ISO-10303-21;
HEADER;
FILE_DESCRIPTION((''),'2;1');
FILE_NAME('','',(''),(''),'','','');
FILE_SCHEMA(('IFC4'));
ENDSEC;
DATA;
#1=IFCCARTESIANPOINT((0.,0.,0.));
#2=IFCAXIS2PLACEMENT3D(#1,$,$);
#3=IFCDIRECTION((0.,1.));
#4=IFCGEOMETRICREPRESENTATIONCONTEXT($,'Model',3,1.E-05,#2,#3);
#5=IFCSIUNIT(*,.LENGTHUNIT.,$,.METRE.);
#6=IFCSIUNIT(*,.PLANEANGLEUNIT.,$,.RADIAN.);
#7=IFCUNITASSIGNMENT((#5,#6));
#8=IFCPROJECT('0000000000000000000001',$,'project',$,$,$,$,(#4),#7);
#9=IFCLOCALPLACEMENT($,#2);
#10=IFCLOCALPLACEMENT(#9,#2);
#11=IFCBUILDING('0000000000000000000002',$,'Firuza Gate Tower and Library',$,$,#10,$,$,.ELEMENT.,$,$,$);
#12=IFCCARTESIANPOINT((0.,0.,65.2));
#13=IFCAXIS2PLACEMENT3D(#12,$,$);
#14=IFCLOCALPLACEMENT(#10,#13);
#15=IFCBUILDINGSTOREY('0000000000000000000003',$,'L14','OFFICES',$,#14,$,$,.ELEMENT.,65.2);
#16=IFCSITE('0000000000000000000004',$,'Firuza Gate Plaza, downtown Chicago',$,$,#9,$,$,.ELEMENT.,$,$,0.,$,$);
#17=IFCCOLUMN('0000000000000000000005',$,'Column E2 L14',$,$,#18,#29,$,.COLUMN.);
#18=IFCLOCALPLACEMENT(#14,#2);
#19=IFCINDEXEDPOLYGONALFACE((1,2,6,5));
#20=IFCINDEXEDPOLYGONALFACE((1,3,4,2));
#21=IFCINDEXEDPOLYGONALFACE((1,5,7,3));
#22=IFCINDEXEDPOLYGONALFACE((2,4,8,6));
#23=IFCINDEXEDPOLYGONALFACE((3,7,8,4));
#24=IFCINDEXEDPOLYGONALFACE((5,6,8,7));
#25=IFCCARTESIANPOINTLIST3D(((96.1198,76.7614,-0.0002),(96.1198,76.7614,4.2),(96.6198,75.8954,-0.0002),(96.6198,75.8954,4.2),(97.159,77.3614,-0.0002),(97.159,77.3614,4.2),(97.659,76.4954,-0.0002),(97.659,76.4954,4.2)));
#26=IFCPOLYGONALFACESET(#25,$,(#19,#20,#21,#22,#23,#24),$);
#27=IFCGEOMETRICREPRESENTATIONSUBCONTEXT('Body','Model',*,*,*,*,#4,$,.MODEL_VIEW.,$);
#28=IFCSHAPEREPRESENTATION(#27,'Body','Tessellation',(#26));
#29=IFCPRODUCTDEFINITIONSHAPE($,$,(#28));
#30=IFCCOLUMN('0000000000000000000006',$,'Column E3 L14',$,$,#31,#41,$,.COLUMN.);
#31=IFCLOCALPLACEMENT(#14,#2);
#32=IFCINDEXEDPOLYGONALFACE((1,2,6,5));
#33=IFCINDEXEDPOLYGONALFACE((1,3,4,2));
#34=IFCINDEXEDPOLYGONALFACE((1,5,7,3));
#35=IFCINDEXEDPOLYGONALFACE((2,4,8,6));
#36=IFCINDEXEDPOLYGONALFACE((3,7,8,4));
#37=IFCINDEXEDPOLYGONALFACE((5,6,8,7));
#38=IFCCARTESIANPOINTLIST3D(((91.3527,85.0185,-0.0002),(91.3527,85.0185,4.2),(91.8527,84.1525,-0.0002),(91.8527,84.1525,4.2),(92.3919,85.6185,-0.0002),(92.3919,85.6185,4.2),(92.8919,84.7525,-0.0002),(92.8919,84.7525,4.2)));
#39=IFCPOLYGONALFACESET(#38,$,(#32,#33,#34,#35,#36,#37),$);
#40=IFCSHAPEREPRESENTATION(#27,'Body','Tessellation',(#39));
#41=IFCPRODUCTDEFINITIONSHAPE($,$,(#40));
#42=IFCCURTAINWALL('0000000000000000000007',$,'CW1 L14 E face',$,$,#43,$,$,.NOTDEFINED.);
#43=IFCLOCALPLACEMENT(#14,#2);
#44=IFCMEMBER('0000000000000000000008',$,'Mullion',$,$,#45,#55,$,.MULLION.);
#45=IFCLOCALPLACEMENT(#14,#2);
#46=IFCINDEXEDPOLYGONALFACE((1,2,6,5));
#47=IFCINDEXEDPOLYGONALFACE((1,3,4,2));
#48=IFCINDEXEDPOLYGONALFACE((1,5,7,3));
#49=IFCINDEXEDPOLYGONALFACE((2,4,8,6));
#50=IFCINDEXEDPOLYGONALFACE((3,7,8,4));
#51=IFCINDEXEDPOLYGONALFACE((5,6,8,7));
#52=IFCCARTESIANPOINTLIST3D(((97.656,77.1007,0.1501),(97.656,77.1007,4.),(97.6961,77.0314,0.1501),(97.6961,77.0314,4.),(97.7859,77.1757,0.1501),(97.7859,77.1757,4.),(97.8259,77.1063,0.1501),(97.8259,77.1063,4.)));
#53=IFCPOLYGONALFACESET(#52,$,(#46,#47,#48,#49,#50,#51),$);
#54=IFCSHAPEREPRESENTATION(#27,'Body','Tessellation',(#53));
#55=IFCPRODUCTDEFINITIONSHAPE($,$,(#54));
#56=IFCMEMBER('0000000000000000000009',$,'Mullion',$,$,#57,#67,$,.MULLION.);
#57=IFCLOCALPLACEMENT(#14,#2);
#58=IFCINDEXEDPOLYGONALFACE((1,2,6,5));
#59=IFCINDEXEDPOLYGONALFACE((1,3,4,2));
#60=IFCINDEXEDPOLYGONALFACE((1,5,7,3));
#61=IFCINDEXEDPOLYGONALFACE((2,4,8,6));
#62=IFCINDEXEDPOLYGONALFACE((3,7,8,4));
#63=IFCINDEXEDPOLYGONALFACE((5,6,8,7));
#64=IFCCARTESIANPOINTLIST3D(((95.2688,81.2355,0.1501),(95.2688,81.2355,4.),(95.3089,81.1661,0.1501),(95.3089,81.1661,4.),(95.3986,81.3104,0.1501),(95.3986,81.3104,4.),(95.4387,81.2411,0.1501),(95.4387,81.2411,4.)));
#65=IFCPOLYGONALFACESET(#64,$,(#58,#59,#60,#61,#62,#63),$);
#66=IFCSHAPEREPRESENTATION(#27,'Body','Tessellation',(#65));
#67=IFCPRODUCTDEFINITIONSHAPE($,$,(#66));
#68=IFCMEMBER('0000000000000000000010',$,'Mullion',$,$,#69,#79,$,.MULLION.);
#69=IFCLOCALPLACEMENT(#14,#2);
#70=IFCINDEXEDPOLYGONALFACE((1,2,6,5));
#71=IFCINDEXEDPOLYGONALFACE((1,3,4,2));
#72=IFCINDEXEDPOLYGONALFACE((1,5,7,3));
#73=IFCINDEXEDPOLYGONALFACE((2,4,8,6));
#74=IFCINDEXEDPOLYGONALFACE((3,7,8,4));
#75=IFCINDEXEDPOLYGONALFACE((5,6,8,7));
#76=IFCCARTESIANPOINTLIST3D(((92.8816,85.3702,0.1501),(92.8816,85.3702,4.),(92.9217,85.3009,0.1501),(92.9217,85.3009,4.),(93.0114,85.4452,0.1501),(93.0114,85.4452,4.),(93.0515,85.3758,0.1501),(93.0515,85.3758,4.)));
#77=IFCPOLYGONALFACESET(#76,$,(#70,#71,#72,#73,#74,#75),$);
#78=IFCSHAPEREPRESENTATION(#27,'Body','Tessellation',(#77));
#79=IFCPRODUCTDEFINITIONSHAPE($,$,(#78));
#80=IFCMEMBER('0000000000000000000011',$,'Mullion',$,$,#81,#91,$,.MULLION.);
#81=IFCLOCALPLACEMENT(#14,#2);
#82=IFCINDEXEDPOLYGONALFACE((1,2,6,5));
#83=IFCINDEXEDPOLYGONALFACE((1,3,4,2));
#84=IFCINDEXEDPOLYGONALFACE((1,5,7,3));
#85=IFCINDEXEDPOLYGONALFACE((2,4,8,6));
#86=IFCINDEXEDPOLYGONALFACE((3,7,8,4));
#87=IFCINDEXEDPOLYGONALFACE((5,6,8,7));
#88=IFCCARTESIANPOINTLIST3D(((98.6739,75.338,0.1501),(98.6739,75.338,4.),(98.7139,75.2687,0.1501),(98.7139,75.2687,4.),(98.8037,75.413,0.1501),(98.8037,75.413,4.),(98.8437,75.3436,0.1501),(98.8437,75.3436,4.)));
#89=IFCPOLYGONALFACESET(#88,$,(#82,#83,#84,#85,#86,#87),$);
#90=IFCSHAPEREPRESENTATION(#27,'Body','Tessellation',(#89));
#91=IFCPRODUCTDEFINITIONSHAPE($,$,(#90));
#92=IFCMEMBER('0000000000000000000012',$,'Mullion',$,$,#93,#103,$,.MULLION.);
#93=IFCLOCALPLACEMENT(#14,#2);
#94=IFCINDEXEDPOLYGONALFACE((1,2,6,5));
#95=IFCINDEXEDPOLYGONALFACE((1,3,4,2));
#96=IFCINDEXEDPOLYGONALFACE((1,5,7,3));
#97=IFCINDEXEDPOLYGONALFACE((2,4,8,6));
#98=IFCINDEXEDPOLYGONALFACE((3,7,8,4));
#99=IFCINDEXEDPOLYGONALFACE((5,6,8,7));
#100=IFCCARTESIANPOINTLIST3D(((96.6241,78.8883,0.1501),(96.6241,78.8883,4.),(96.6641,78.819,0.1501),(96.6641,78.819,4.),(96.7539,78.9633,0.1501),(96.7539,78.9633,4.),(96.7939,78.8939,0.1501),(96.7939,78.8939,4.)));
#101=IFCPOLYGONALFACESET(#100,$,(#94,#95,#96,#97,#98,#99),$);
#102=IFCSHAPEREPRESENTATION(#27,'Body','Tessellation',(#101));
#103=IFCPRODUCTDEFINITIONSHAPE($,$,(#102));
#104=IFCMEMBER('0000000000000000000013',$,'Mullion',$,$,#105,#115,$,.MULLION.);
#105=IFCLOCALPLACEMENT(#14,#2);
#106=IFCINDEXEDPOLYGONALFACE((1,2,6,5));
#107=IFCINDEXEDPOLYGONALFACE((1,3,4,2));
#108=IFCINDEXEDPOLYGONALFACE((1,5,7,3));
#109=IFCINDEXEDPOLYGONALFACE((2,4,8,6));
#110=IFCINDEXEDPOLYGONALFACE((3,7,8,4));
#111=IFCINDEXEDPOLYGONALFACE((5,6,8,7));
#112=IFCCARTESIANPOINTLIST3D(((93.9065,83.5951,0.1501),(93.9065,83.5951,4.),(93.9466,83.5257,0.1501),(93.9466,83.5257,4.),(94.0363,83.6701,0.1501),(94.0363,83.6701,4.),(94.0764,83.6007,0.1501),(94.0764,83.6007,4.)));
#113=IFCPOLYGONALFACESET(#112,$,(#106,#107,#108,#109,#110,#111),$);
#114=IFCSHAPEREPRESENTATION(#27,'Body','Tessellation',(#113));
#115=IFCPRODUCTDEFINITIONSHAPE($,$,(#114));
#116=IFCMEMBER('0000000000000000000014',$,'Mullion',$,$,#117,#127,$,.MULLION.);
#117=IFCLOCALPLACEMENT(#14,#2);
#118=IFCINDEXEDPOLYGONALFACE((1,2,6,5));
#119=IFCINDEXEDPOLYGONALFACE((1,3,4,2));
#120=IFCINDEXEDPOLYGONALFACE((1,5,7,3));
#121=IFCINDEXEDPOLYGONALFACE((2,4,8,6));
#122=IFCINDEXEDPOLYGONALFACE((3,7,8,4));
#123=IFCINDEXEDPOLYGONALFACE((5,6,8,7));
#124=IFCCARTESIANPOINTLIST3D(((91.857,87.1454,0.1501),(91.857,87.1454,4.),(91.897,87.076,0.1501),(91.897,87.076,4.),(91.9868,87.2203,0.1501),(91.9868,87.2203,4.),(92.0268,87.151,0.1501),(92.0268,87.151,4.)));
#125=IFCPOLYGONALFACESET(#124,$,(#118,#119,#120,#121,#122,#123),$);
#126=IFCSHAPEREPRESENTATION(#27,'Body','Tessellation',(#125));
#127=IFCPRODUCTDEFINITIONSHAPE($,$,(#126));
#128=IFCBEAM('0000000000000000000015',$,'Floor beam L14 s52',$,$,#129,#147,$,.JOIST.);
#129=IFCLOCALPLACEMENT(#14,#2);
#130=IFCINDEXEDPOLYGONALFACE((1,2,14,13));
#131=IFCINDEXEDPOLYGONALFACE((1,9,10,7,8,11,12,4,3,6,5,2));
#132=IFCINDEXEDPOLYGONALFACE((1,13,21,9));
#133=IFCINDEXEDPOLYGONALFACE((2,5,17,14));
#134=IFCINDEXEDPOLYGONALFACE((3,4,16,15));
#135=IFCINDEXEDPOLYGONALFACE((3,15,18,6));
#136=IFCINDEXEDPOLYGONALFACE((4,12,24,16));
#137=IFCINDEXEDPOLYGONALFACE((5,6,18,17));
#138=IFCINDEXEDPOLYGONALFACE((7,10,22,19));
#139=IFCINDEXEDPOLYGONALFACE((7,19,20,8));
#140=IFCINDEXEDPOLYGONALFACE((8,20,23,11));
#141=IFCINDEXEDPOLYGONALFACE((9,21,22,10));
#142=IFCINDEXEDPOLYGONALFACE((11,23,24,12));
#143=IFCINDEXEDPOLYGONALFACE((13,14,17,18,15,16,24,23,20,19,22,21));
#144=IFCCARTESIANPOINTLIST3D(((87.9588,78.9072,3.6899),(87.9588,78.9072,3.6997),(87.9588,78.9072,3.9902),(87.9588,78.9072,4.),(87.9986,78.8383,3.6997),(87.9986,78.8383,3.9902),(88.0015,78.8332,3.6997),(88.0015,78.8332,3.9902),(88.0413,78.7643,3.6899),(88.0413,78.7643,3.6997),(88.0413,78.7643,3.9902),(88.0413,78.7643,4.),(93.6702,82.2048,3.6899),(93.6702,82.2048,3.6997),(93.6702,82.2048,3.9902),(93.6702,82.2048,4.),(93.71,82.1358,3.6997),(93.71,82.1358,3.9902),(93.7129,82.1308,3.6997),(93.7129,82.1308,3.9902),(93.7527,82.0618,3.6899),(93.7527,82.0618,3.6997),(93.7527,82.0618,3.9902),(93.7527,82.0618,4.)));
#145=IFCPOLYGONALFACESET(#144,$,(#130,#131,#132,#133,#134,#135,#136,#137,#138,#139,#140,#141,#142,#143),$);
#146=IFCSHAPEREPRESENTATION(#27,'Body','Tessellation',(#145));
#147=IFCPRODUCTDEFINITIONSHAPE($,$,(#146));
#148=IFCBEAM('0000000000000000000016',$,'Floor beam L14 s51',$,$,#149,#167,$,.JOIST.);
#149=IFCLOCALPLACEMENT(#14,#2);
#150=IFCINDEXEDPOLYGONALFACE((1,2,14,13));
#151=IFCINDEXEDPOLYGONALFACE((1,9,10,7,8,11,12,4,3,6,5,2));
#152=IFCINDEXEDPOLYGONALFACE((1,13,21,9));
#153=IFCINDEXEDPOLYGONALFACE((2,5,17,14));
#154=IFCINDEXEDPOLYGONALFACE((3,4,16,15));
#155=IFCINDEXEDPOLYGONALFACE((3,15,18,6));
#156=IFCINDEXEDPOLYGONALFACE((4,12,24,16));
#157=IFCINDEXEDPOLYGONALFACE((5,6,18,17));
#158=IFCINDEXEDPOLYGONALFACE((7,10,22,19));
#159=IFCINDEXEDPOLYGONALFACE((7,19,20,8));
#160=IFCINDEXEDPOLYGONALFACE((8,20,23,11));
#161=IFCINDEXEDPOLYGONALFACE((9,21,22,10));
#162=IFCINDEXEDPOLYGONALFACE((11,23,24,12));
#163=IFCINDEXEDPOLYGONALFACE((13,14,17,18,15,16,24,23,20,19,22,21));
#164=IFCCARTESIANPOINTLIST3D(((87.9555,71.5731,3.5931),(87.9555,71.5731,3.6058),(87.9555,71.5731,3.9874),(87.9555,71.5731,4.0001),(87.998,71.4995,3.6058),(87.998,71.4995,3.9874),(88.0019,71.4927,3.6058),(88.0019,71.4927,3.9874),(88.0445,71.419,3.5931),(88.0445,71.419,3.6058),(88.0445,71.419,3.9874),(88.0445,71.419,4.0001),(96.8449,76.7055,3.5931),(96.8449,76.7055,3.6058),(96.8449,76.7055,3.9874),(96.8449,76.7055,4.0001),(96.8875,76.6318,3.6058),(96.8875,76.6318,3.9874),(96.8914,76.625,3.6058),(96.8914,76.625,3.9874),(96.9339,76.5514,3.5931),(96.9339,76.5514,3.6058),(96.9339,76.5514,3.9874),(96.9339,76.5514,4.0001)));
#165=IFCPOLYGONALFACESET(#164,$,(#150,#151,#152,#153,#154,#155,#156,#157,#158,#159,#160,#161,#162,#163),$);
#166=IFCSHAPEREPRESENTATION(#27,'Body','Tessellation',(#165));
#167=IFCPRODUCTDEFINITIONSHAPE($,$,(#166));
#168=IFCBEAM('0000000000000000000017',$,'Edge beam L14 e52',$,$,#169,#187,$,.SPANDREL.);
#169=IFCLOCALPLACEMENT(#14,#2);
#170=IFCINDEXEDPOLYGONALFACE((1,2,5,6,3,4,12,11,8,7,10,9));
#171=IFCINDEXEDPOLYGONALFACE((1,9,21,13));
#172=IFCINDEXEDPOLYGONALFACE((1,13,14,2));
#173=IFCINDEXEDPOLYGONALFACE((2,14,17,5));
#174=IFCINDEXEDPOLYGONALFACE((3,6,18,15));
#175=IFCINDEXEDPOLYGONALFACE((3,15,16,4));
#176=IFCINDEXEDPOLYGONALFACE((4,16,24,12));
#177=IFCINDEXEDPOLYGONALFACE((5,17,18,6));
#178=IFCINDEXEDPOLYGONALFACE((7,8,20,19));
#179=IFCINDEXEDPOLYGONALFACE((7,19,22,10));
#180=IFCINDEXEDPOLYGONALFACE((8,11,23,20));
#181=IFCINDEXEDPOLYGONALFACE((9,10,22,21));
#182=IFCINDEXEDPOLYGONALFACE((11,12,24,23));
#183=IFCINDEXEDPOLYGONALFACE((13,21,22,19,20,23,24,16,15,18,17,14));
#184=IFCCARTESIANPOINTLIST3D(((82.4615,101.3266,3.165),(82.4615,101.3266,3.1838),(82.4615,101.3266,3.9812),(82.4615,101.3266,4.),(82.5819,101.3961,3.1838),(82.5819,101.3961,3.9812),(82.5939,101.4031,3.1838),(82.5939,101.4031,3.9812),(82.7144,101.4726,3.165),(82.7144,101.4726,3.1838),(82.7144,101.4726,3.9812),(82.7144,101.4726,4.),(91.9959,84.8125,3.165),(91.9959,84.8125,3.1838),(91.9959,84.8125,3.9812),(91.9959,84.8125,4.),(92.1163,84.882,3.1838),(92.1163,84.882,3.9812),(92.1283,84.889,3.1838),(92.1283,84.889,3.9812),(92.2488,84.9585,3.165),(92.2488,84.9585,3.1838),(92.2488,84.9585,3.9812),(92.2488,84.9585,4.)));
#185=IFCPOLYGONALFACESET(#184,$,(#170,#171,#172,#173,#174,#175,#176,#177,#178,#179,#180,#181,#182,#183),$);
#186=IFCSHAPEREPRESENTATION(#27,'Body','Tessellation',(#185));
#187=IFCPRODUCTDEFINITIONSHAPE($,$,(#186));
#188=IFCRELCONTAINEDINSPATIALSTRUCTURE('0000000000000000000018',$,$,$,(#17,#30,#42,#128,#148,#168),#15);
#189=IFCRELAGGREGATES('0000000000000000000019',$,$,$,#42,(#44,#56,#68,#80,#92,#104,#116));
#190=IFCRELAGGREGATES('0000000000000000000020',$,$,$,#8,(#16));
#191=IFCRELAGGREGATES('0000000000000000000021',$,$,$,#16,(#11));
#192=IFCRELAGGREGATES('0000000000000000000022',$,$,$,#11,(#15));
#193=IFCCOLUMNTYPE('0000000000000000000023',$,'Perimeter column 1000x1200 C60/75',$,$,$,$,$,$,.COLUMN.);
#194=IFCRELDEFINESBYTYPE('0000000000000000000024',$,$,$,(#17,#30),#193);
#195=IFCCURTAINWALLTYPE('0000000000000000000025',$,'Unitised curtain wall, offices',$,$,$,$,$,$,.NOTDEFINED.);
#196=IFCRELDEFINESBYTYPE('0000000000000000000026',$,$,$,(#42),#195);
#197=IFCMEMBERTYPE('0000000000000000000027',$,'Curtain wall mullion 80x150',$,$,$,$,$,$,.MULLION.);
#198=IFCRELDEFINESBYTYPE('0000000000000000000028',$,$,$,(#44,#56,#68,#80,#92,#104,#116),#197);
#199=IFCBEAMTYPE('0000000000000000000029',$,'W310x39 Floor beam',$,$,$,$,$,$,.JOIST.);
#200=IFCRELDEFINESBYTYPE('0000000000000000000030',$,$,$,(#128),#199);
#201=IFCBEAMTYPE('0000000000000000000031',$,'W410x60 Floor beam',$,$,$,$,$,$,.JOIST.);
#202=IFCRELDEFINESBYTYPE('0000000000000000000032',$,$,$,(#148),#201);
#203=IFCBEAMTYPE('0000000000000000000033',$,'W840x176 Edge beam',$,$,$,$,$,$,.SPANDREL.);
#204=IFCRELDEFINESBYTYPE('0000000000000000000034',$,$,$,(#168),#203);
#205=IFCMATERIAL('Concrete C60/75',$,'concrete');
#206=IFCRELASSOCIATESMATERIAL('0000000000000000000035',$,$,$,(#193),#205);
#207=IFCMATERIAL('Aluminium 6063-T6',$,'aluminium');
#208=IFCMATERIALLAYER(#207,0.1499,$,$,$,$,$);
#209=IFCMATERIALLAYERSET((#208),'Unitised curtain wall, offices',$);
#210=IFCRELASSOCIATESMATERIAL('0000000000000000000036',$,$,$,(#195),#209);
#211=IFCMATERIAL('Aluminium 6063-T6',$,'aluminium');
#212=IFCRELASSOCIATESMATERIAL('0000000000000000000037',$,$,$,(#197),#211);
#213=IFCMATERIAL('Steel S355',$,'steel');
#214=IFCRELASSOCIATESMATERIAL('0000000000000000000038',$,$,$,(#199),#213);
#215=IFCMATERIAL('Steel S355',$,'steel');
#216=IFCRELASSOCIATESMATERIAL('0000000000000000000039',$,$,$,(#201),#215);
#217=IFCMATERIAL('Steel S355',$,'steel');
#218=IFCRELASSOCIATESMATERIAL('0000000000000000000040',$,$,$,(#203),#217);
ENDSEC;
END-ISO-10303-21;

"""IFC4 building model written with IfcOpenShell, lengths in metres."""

from ifc_helpers import new_model, si_unit, direction, frame, origin, origin_2d, place, context, subcontext, project, spatial, rectangle, i_section, extrude, material, layer, layer_set, material_profile, profile_set, type_object, element, aggregate, save


model = new_model("IFC4")

# Units and contexts
model_context = context("Model", 3, precision=1e-05, world=origin(), true_north=direction((0.0, 1.0)))
body_context = subcontext(model_context, "Body", "Model", "MODEL_VIEW")
ifc_project = project(units=[si_unit("LENGTHUNIT", "METRE"), si_unit("PLANEANGLEUNIT", "RADIAN")], contexts=[model_context])

# Site, building, storey
site_placement = place(None, origin())
site = spatial("IfcSite", under=ifc_project, at=site_placement, Name="Firuza Gate Plaza, downtown Chicago", CompositionType="ELEMENT", RefElevation=0.0)
building_placement = place(site_placement, origin())
building = spatial("IfcBuilding", under=site, at=building_placement, Name="Firuza Gate Tower and Library", CompositionType="ELEMENT")
storey_placement = place(building_placement, frame((0.0, 0.0, 65.2)))
storey = spatial("IfcBuildingStorey", under=building, at=storey_placement, Name="L14", Description="OFFICES", CompositionType="ELEMENT", Elevation=65.2)

# Columns
ifc_material_1 = material(Name="Concrete C60/75", Category="concrete")
ifc_material_profile_1 = material_profile(ifc_material_1, rectangle(XDim=1.0, YDim=1.2, at=origin_2d()))
ifc_profile_set_1 = profile_set([ifc_material_profile_1], Name="Concrete C60/75")
column_type = type_object("IfcColumnType", Name="Perimeter column 1000x1200 C60/75", PredefinedType="COLUMN", material=ifc_profile_set_1)
for number, where, z_axis, x_axis, name in (
    (1, (96.8894, 76.6284, -0.0002), (0.0, 0.0, 1.0), (-0.5, 0.866025, 0.0), "Column E2 L14"),
    (2, (92.1223, 84.8855, -0.0002), (0.0, 0.0, 1.0), (-0.5, 0.866025, 0.0), "Column E3 L14"),
):
    element("IfcColumn", number, at=place(storey_placement, frame(where, z_axis=z_axis, x_axis=x_axis)), inside=storey, type_object=column_type, Name=name, PredefinedType="COLUMN", context=body_context, shape_type="SweptSolid", body=[
        extrude(rectangle(XDim=1.0, YDim=1.2, at=origin_2d()), origin(), (0.0, 0.0, 1.0), 4.2002),
    ])

# Curtain wall, members
ifc_material_2 = material(Name="Aluminium 6063-T6", Category="aluminium")
ifc_layer_1 = layer(ifc_material_2, 0.1499)
ifc_layer_set_1 = layer_set([ifc_layer_1], Name="Unitised curtain wall, offices")
curtain_wall_type = type_object("IfcCurtainWallType", Name="Unitised curtain wall, offices", PredefinedType="NOTDEFINED", material=ifc_layer_set_1)
curtain_wall_placement = place(storey_placement, origin())
curtain_wall = element("IfcCurtainWall", 3, at=curtain_wall_placement, inside=storey, type_object=curtain_wall_type, Name="CW1 L14 E face", PredefinedType="NOTDEFINED")
ifc_material_3 = material(Name="Aluminium 6063-T6", Category="aluminium")
ifc_material_profile_2 = material_profile(ifc_material_3, rectangle(XDim=0.1499, YDim=0.0801, at=origin_2d()))
ifc_profile_set_2 = profile_set([ifc_material_profile_2], Name="Aluminium 6063-T6")
member_type = type_object("IfcMemberType", Name="Curtain wall mullion 80x150", PredefinedType="MULLION", material=ifc_profile_set_2)
member_1_placement = place(storey_placement, frame((97.741, 77.1035, 0.1501), z_axis=(0.0, 0.0, 1.0), x_axis=(-0.866025, -0.5, 0.0)))
member_1 = element("IfcMember", 4, at=member_1_placement, type_object=member_type, Name="Mullion", PredefinedType="MULLION", context=body_context, shape_type="SweptSolid", body=[
    extrude(rectangle(XDim=0.1499, YDim=0.0801, at=origin_2d()), origin(), (0.0, 0.0, 1.0), 3.8499),
])
member_2_placement = place(storey_placement, frame((95.3538, 81.2383, 0.1501), z_axis=(0.0, 0.0, 1.0), x_axis=(-0.866025, -0.5, 0.0)))
member_2 = element("IfcMember", 5, at=member_2_placement, type_object=member_type, Name="Mullion", PredefinedType="MULLION", context=body_context, shape_type="SweptSolid", body=[
    extrude(rectangle(XDim=0.1499, YDim=0.0801, at=origin_2d()), origin(), (0.0, 0.0, 1.0), 3.8499),
])
member_3_placement = place(storey_placement, frame((92.9666, 85.373, 0.1501), z_axis=(0.0, 0.0, 1.0), x_axis=(-0.866025, -0.5, 0.0)))
member_3 = element("IfcMember", 6, at=member_3_placement, type_object=member_type, Name="Mullion", PredefinedType="MULLION", context=body_context, shape_type="SweptSolid", body=[
    extrude(rectangle(XDim=0.1499, YDim=0.0801, at=origin_2d()), origin(), (0.0, 0.0, 1.0), 3.8499),
])
member_4_placement = place(storey_placement, frame((98.7588, 75.3408, 0.1501), z_axis=(0.0, 0.0, 1.0), x_axis=(-0.866025, -0.5, 0.0)))
member_4 = element("IfcMember", 7, at=member_4_placement, type_object=member_type, Name="Mullion", PredefinedType="MULLION", context=body_context, shape_type="SweptSolid", body=[
    extrude(rectangle(XDim=0.1499, YDim=0.0801, at=origin_2d()), origin(), (0.0, 0.0, 1.0), 3.8499),
])
member_5_placement = place(storey_placement, frame((96.709, 78.8911, 0.1501), z_axis=(0.0, 0.0, 1.0), x_axis=(-0.866025, -0.5, 0.0)))
member_5 = element("IfcMember", 8, at=member_5_placement, type_object=member_type, Name="Mullion", PredefinedType="MULLION", context=body_context, shape_type="SweptSolid", body=[
    extrude(rectangle(XDim=0.1499, YDim=0.0801, at=origin_2d()), origin(), (0.0, 0.0, 1.0), 3.8499),
])
member_6_placement = place(storey_placement, frame((93.9915, 83.5979, 0.1501), z_axis=(0.0, 0.0, 1.0), x_axis=(-0.866025, -0.5, 0.0)))
member_6 = element("IfcMember", 9, at=member_6_placement, type_object=member_type, Name="Mullion", PredefinedType="MULLION", context=body_context, shape_type="SweptSolid", body=[
    extrude(rectangle(XDim=0.1499, YDim=0.0801, at=origin_2d()), origin(), (0.0, 0.0, 1.0), 3.8499),
])
member_7_placement = place(storey_placement, frame((91.9419, 87.1482, 0.1501), z_axis=(0.0, 0.0, 1.0), x_axis=(-0.866025, -0.5, 0.0)))
member_7 = element("IfcMember", 10, at=member_7_placement, type_object=member_type, Name="Mullion", PredefinedType="MULLION", context=body_context, shape_type="SweptSolid", body=[
    extrude(rectangle(XDim=0.1499, YDim=0.0801, at=origin_2d()), origin(), (0.0, 0.0, 1.0), 3.8499),
])

# Beams
ifc_material_4 = material(Name="Steel S355", Category="steel")
ifc_material_profile_3 = material_profile(ifc_material_4, i_section(OverallWidth=0.165, OverallDepth=0.3101, WebThickness=0.0059, FlangeThickness=0.0098, at=origin_2d()))
ifc_profile_set_3 = profile_set([ifc_material_profile_3], Name="Steel S355")
beam_type_1 = type_object("IfcBeamType", Name="W310x39 Floor beam", PredefinedType="JOIST", material=ifc_profile_set_3)
beam_1_placement = place(storey_placement, frame((93.7114, 82.1333, 3.845), z_axis=(-0.866018, -0.500013, 0.0), x_axis=(0.500013, -0.866018, 0.0)))
element("IfcBeam", 11, at=beam_1_placement, inside=storey, type_object=beam_type_1, Name="Floor beam L14 s52", PredefinedType="JOIST", context=body_context, shape_type="SweptSolid", body=[
    extrude(i_section(OverallWidth=0.165, OverallDepth=0.3101, WebThickness=0.0059, FlangeThickness=0.0098, at=origin_2d()), origin(), (0.0, 0.0, 1.0), 6.595),
])
ifc_material_5 = material(Name="Steel S355", Category="steel")
ifc_material_profile_4 = material_profile(ifc_material_5, i_section(OverallWidth=0.178, OverallDepth=0.407, WebThickness=0.0078, FlangeThickness=0.0127, at=origin_2d()))
ifc_profile_set_4 = profile_set([ifc_material_profile_4], Name="Steel S355")
beam_type_2 = type_object("IfcBeamType", Name="W410x60 Floor beam", PredefinedType="JOIST", material=ifc_profile_set_4)
beam_2_placement = place(storey_placement, frame((96.8894, 76.6284, 3.7966), z_axis=(-0.866024, -0.500002, 0.0), x_axis=(0.500002, -0.866024, 0.0)))
element("IfcBeam", 12, at=beam_2_placement, inside=storey, type_object=beam_type_2, Name="Floor beam L14 s51", PredefinedType="JOIST", context=body_context, shape_type="SweptSolid", body=[
    extrude(i_section(OverallWidth=0.178, OverallDepth=0.407, WebThickness=0.0078, FlangeThickness=0.0127, at=origin_2d()), origin(), (0.0, 0.0, 1.0), 10.2646),
])
ifc_material_6 = material(Name="Steel S355", Category="steel")
ifc_material_profile_5 = material_profile(ifc_material_6, i_section(OverallWidth=0.292, OverallDepth=0.835, WebThickness=0.0139, FlangeThickness=0.0188, at=origin_2d()))
ifc_profile_set_5 = profile_set([ifc_material_profile_5], Name="Steel S355")
beam_type_3 = type_object("IfcBeamType", Name="W840x176 Edge beam", PredefinedType="SPANDREL", material=ifc_profile_set_5)
beam_3_placement = place(storey_placement, frame((92.1223, 84.8855, 3.5825), z_axis=(-0.499999, 0.866026, 0.0), x_axis=(-0.866026, -0.499999, 0.0)))
element("IfcBeam", 13, at=beam_3_placement, inside=storey, type_object=beam_type_3, Name="Edge beam L14 e52", PredefinedType="SPANDREL", context=body_context, shape_type="SweptSolid", body=[
    extrude(i_section(OverallWidth=0.292, OverallDepth=0.835, WebThickness=0.0139, FlangeThickness=0.0188, at=origin_2d()), origin(), (0.0, 0.0, 1.0), 19.0688),
])

aggregate(curtain_wall, [member_1, member_2, member_3, member_4, member_5, member_6, member_7])

save(model, "model.ifc")
